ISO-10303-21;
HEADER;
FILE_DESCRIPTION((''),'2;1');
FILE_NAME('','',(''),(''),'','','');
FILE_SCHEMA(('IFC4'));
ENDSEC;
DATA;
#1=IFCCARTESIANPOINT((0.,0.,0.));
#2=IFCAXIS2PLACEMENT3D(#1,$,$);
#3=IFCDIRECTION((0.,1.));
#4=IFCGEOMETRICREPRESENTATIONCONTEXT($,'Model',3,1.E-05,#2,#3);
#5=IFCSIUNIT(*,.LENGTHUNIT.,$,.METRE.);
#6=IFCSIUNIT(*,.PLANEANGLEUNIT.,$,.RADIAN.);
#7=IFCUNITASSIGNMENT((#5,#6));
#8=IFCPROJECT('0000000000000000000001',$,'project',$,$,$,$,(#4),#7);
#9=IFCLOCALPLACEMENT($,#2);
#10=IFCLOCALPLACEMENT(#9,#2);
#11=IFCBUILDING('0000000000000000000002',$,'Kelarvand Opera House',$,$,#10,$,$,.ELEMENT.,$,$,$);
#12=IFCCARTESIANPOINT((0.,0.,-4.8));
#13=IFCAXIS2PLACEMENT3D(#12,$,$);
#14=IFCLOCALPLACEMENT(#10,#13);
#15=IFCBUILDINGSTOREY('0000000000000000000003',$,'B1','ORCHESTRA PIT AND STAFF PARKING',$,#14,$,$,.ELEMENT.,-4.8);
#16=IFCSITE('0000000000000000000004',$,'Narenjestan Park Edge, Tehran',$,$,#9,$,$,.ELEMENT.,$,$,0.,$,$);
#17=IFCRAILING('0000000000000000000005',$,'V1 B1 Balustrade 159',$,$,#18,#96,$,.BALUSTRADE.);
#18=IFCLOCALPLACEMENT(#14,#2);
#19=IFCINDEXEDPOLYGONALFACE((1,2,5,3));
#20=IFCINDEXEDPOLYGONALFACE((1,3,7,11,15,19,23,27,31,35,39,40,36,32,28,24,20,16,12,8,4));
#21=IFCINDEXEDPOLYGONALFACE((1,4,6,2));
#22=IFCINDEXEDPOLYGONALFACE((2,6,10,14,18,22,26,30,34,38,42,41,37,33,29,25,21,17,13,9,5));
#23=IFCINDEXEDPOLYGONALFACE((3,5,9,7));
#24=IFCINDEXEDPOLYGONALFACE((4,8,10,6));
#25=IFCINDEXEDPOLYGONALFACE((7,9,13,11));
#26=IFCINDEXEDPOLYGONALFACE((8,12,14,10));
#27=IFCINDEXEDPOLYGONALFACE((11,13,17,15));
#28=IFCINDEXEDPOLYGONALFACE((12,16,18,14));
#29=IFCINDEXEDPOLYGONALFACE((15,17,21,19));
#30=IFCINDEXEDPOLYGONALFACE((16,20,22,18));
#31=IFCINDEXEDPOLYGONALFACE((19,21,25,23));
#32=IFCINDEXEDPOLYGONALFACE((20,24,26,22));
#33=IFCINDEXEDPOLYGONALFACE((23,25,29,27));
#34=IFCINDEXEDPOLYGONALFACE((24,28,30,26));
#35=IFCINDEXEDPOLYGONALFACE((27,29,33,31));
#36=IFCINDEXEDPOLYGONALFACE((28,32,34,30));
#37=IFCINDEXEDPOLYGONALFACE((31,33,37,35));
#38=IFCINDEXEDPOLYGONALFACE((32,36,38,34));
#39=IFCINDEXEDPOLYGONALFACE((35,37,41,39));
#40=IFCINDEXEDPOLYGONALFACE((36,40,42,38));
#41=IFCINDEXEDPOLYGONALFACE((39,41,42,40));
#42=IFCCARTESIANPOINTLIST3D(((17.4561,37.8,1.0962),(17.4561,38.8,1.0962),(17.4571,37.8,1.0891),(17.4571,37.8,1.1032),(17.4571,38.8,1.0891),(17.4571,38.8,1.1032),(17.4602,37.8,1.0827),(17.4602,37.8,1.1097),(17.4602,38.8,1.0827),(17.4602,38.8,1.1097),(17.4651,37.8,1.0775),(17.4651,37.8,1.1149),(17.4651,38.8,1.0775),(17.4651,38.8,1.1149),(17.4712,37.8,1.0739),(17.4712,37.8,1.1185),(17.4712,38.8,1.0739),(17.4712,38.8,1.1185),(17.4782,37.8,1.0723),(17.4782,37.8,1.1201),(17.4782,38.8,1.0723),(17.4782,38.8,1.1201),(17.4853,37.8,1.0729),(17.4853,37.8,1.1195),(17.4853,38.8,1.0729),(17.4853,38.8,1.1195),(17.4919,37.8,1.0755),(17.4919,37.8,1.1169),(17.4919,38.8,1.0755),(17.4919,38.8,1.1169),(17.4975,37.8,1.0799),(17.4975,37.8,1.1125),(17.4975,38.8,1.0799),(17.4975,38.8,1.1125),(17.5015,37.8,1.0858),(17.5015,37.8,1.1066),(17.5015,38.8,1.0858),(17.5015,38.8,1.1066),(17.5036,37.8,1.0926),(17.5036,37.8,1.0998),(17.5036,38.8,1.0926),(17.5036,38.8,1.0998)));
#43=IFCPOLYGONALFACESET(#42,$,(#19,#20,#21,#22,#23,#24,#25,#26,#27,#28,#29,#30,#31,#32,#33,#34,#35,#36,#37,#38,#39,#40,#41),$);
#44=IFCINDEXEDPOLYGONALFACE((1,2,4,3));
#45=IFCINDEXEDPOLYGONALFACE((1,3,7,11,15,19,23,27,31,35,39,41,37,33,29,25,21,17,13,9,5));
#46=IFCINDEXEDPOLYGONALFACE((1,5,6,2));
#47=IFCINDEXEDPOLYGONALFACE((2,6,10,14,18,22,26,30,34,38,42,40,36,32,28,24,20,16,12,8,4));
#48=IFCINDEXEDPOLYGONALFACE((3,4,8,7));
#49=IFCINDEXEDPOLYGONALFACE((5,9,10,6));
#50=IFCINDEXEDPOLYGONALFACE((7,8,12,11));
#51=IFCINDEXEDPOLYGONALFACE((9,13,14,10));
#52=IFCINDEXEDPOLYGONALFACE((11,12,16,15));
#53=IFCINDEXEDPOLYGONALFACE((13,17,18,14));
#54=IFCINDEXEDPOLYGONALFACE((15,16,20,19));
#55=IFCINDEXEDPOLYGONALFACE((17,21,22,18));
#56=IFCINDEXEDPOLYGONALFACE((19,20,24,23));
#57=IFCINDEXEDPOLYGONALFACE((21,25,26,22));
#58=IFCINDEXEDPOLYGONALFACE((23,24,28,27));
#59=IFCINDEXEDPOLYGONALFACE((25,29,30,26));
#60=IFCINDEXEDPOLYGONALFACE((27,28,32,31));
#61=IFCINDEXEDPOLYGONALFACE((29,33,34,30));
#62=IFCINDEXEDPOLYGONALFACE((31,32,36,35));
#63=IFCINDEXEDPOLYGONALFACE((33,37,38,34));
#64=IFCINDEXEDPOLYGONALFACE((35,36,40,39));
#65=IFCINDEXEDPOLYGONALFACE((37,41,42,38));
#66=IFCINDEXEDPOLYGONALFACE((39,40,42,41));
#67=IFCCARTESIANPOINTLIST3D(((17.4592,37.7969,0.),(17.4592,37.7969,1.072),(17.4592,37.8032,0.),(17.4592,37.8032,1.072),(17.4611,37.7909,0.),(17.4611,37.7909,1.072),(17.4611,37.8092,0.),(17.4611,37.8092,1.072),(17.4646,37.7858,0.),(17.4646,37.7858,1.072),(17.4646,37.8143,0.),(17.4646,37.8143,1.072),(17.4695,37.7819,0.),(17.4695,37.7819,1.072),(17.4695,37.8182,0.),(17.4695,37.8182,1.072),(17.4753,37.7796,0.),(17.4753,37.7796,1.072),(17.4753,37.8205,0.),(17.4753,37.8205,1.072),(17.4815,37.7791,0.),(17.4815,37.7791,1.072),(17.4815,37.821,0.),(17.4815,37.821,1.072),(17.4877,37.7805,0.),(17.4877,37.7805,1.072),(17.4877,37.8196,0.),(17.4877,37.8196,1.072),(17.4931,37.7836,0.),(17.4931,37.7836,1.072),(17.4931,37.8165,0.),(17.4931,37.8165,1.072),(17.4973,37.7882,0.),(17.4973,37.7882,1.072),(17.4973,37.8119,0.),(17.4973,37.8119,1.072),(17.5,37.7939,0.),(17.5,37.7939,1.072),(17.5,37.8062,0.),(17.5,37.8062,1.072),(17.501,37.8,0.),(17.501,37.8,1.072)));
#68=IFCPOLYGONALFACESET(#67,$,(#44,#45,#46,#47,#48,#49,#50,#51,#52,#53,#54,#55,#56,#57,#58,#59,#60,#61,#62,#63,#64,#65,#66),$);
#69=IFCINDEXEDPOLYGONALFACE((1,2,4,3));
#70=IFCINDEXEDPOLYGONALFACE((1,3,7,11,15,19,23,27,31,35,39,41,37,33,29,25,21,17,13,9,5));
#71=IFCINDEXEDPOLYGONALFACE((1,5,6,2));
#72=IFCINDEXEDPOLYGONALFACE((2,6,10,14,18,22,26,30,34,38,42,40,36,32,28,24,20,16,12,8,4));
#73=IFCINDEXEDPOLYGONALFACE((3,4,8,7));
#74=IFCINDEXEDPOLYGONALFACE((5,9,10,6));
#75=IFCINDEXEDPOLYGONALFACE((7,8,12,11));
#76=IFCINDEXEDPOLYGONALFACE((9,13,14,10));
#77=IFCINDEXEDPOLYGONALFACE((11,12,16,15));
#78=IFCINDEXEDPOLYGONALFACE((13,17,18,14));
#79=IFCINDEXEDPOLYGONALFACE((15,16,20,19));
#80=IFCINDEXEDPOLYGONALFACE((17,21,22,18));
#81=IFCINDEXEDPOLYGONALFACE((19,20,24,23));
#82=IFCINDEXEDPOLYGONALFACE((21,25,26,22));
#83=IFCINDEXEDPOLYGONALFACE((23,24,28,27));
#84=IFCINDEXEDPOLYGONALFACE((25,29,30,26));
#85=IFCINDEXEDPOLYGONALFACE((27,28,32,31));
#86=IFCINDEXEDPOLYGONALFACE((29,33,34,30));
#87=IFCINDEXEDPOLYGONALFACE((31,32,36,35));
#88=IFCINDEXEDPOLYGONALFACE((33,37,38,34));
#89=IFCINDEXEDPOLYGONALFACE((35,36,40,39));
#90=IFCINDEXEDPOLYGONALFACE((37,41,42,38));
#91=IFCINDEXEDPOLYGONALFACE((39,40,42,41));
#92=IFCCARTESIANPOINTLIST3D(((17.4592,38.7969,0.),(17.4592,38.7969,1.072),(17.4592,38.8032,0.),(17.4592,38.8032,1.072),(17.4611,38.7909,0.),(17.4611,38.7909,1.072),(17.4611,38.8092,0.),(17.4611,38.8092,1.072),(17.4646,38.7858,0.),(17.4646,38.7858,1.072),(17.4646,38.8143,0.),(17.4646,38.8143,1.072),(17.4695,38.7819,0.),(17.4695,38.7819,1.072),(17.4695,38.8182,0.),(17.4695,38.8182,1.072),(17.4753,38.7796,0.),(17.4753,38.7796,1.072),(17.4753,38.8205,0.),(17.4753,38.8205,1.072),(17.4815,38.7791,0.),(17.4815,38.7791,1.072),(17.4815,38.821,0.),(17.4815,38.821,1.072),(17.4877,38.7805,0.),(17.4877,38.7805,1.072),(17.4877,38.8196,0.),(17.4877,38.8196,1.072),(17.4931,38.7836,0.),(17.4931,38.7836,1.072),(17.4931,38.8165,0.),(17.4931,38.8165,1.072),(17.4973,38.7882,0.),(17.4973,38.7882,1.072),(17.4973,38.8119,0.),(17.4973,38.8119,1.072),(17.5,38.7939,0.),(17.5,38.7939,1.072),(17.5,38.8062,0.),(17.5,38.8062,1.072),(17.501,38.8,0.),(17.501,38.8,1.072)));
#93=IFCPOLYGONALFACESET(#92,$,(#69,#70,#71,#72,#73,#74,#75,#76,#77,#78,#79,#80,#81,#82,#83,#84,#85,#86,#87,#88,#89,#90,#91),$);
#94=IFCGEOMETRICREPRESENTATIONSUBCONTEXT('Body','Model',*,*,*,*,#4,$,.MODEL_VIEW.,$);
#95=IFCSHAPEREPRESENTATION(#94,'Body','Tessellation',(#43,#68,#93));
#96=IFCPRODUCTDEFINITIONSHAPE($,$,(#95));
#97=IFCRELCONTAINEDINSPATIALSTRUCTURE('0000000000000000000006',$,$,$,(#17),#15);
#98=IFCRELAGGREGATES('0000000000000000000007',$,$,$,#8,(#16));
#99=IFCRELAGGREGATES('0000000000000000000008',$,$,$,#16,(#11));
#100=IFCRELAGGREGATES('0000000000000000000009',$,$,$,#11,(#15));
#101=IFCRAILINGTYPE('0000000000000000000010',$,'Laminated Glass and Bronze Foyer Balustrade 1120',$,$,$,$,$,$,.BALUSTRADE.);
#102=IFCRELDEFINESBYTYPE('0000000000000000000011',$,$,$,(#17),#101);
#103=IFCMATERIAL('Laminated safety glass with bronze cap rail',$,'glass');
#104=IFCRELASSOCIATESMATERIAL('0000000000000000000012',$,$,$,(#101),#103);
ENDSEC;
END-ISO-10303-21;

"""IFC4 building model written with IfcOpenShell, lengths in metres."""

from ifc_helpers import new_model, si_unit, direction, frame, origin, origin_2d, place, context, subcontext, project, spatial, circle, extrude, material, type_object, element, save


model = new_model("IFC4")

# Units and contexts
model_context = context("Model", 3, precision=1e-05, world=origin(), true_north=direction((0.0, 1.0)))
body_context = subcontext(model_context, "Body", "Model", "MODEL_VIEW")
ifc_project = project(units=[si_unit("LENGTHUNIT", "METRE"), si_unit("PLANEANGLEUNIT", "RADIAN")], contexts=[model_context])

# Site, building, storey
site_placement = place(None, origin())
site = spatial("IfcSite", under=ifc_project, at=site_placement, Name="Narenjestan Park Edge, Tehran", CompositionType="ELEMENT", RefElevation=0.0)
building_placement = place(site_placement, origin())
building = spatial("IfcBuilding", under=site, at=building_placement, Name="Kelarvand Opera House", CompositionType="ELEMENT")
storey_placement = place(building_placement, frame((0.0, 0.0, -4.8)))
storey = spatial("IfcBuildingStorey", under=building, at=storey_placement, Name="B1", Description="ORCHESTRA PIT AND STAFF PARKING", CompositionType="ELEMENT", Elevation=-4.8)

# Railing
ifc_material_1 = material(Name="Laminated safety glass with bronze cap rail", Category="glass")
railing_type = type_object("IfcRailingType", Name="Laminated Glass and Bronze Foyer Balustrade 1120", PredefinedType="BALUSTRADE", material=ifc_material_1)
railing_placement = place(storey_placement, frame((17.48, 37.8, 0.0)))
element("IfcRailing", 1, at=railing_placement, inside=storey, type_object=railing_type, Name="V1 B1 Balustrade 159", PredefinedType="BALUSTRADE", context=body_context, shape_type="SweptSolid", body=[
    extrude(circle(Radius=0.0239, at=origin_2d()), frame((0.0, 0.0, 1.0962), z_axis=(0.0, 1.0, 0.0), x_axis=(-1.0, 0.0, 0.0)), (0.0, 0.0, 1.0), 1.0),
    extrude(circle(Radius=0.021, at=origin_2d()), origin(), (0.0, 0.0, 1.0), 1.072),
    extrude(circle(Radius=0.021, at=origin_2d()), frame((0.0, 1.0, 0.0)), (0.0, 0.0, 1.0), 1.072),
])

save(model, "model.ifc")
